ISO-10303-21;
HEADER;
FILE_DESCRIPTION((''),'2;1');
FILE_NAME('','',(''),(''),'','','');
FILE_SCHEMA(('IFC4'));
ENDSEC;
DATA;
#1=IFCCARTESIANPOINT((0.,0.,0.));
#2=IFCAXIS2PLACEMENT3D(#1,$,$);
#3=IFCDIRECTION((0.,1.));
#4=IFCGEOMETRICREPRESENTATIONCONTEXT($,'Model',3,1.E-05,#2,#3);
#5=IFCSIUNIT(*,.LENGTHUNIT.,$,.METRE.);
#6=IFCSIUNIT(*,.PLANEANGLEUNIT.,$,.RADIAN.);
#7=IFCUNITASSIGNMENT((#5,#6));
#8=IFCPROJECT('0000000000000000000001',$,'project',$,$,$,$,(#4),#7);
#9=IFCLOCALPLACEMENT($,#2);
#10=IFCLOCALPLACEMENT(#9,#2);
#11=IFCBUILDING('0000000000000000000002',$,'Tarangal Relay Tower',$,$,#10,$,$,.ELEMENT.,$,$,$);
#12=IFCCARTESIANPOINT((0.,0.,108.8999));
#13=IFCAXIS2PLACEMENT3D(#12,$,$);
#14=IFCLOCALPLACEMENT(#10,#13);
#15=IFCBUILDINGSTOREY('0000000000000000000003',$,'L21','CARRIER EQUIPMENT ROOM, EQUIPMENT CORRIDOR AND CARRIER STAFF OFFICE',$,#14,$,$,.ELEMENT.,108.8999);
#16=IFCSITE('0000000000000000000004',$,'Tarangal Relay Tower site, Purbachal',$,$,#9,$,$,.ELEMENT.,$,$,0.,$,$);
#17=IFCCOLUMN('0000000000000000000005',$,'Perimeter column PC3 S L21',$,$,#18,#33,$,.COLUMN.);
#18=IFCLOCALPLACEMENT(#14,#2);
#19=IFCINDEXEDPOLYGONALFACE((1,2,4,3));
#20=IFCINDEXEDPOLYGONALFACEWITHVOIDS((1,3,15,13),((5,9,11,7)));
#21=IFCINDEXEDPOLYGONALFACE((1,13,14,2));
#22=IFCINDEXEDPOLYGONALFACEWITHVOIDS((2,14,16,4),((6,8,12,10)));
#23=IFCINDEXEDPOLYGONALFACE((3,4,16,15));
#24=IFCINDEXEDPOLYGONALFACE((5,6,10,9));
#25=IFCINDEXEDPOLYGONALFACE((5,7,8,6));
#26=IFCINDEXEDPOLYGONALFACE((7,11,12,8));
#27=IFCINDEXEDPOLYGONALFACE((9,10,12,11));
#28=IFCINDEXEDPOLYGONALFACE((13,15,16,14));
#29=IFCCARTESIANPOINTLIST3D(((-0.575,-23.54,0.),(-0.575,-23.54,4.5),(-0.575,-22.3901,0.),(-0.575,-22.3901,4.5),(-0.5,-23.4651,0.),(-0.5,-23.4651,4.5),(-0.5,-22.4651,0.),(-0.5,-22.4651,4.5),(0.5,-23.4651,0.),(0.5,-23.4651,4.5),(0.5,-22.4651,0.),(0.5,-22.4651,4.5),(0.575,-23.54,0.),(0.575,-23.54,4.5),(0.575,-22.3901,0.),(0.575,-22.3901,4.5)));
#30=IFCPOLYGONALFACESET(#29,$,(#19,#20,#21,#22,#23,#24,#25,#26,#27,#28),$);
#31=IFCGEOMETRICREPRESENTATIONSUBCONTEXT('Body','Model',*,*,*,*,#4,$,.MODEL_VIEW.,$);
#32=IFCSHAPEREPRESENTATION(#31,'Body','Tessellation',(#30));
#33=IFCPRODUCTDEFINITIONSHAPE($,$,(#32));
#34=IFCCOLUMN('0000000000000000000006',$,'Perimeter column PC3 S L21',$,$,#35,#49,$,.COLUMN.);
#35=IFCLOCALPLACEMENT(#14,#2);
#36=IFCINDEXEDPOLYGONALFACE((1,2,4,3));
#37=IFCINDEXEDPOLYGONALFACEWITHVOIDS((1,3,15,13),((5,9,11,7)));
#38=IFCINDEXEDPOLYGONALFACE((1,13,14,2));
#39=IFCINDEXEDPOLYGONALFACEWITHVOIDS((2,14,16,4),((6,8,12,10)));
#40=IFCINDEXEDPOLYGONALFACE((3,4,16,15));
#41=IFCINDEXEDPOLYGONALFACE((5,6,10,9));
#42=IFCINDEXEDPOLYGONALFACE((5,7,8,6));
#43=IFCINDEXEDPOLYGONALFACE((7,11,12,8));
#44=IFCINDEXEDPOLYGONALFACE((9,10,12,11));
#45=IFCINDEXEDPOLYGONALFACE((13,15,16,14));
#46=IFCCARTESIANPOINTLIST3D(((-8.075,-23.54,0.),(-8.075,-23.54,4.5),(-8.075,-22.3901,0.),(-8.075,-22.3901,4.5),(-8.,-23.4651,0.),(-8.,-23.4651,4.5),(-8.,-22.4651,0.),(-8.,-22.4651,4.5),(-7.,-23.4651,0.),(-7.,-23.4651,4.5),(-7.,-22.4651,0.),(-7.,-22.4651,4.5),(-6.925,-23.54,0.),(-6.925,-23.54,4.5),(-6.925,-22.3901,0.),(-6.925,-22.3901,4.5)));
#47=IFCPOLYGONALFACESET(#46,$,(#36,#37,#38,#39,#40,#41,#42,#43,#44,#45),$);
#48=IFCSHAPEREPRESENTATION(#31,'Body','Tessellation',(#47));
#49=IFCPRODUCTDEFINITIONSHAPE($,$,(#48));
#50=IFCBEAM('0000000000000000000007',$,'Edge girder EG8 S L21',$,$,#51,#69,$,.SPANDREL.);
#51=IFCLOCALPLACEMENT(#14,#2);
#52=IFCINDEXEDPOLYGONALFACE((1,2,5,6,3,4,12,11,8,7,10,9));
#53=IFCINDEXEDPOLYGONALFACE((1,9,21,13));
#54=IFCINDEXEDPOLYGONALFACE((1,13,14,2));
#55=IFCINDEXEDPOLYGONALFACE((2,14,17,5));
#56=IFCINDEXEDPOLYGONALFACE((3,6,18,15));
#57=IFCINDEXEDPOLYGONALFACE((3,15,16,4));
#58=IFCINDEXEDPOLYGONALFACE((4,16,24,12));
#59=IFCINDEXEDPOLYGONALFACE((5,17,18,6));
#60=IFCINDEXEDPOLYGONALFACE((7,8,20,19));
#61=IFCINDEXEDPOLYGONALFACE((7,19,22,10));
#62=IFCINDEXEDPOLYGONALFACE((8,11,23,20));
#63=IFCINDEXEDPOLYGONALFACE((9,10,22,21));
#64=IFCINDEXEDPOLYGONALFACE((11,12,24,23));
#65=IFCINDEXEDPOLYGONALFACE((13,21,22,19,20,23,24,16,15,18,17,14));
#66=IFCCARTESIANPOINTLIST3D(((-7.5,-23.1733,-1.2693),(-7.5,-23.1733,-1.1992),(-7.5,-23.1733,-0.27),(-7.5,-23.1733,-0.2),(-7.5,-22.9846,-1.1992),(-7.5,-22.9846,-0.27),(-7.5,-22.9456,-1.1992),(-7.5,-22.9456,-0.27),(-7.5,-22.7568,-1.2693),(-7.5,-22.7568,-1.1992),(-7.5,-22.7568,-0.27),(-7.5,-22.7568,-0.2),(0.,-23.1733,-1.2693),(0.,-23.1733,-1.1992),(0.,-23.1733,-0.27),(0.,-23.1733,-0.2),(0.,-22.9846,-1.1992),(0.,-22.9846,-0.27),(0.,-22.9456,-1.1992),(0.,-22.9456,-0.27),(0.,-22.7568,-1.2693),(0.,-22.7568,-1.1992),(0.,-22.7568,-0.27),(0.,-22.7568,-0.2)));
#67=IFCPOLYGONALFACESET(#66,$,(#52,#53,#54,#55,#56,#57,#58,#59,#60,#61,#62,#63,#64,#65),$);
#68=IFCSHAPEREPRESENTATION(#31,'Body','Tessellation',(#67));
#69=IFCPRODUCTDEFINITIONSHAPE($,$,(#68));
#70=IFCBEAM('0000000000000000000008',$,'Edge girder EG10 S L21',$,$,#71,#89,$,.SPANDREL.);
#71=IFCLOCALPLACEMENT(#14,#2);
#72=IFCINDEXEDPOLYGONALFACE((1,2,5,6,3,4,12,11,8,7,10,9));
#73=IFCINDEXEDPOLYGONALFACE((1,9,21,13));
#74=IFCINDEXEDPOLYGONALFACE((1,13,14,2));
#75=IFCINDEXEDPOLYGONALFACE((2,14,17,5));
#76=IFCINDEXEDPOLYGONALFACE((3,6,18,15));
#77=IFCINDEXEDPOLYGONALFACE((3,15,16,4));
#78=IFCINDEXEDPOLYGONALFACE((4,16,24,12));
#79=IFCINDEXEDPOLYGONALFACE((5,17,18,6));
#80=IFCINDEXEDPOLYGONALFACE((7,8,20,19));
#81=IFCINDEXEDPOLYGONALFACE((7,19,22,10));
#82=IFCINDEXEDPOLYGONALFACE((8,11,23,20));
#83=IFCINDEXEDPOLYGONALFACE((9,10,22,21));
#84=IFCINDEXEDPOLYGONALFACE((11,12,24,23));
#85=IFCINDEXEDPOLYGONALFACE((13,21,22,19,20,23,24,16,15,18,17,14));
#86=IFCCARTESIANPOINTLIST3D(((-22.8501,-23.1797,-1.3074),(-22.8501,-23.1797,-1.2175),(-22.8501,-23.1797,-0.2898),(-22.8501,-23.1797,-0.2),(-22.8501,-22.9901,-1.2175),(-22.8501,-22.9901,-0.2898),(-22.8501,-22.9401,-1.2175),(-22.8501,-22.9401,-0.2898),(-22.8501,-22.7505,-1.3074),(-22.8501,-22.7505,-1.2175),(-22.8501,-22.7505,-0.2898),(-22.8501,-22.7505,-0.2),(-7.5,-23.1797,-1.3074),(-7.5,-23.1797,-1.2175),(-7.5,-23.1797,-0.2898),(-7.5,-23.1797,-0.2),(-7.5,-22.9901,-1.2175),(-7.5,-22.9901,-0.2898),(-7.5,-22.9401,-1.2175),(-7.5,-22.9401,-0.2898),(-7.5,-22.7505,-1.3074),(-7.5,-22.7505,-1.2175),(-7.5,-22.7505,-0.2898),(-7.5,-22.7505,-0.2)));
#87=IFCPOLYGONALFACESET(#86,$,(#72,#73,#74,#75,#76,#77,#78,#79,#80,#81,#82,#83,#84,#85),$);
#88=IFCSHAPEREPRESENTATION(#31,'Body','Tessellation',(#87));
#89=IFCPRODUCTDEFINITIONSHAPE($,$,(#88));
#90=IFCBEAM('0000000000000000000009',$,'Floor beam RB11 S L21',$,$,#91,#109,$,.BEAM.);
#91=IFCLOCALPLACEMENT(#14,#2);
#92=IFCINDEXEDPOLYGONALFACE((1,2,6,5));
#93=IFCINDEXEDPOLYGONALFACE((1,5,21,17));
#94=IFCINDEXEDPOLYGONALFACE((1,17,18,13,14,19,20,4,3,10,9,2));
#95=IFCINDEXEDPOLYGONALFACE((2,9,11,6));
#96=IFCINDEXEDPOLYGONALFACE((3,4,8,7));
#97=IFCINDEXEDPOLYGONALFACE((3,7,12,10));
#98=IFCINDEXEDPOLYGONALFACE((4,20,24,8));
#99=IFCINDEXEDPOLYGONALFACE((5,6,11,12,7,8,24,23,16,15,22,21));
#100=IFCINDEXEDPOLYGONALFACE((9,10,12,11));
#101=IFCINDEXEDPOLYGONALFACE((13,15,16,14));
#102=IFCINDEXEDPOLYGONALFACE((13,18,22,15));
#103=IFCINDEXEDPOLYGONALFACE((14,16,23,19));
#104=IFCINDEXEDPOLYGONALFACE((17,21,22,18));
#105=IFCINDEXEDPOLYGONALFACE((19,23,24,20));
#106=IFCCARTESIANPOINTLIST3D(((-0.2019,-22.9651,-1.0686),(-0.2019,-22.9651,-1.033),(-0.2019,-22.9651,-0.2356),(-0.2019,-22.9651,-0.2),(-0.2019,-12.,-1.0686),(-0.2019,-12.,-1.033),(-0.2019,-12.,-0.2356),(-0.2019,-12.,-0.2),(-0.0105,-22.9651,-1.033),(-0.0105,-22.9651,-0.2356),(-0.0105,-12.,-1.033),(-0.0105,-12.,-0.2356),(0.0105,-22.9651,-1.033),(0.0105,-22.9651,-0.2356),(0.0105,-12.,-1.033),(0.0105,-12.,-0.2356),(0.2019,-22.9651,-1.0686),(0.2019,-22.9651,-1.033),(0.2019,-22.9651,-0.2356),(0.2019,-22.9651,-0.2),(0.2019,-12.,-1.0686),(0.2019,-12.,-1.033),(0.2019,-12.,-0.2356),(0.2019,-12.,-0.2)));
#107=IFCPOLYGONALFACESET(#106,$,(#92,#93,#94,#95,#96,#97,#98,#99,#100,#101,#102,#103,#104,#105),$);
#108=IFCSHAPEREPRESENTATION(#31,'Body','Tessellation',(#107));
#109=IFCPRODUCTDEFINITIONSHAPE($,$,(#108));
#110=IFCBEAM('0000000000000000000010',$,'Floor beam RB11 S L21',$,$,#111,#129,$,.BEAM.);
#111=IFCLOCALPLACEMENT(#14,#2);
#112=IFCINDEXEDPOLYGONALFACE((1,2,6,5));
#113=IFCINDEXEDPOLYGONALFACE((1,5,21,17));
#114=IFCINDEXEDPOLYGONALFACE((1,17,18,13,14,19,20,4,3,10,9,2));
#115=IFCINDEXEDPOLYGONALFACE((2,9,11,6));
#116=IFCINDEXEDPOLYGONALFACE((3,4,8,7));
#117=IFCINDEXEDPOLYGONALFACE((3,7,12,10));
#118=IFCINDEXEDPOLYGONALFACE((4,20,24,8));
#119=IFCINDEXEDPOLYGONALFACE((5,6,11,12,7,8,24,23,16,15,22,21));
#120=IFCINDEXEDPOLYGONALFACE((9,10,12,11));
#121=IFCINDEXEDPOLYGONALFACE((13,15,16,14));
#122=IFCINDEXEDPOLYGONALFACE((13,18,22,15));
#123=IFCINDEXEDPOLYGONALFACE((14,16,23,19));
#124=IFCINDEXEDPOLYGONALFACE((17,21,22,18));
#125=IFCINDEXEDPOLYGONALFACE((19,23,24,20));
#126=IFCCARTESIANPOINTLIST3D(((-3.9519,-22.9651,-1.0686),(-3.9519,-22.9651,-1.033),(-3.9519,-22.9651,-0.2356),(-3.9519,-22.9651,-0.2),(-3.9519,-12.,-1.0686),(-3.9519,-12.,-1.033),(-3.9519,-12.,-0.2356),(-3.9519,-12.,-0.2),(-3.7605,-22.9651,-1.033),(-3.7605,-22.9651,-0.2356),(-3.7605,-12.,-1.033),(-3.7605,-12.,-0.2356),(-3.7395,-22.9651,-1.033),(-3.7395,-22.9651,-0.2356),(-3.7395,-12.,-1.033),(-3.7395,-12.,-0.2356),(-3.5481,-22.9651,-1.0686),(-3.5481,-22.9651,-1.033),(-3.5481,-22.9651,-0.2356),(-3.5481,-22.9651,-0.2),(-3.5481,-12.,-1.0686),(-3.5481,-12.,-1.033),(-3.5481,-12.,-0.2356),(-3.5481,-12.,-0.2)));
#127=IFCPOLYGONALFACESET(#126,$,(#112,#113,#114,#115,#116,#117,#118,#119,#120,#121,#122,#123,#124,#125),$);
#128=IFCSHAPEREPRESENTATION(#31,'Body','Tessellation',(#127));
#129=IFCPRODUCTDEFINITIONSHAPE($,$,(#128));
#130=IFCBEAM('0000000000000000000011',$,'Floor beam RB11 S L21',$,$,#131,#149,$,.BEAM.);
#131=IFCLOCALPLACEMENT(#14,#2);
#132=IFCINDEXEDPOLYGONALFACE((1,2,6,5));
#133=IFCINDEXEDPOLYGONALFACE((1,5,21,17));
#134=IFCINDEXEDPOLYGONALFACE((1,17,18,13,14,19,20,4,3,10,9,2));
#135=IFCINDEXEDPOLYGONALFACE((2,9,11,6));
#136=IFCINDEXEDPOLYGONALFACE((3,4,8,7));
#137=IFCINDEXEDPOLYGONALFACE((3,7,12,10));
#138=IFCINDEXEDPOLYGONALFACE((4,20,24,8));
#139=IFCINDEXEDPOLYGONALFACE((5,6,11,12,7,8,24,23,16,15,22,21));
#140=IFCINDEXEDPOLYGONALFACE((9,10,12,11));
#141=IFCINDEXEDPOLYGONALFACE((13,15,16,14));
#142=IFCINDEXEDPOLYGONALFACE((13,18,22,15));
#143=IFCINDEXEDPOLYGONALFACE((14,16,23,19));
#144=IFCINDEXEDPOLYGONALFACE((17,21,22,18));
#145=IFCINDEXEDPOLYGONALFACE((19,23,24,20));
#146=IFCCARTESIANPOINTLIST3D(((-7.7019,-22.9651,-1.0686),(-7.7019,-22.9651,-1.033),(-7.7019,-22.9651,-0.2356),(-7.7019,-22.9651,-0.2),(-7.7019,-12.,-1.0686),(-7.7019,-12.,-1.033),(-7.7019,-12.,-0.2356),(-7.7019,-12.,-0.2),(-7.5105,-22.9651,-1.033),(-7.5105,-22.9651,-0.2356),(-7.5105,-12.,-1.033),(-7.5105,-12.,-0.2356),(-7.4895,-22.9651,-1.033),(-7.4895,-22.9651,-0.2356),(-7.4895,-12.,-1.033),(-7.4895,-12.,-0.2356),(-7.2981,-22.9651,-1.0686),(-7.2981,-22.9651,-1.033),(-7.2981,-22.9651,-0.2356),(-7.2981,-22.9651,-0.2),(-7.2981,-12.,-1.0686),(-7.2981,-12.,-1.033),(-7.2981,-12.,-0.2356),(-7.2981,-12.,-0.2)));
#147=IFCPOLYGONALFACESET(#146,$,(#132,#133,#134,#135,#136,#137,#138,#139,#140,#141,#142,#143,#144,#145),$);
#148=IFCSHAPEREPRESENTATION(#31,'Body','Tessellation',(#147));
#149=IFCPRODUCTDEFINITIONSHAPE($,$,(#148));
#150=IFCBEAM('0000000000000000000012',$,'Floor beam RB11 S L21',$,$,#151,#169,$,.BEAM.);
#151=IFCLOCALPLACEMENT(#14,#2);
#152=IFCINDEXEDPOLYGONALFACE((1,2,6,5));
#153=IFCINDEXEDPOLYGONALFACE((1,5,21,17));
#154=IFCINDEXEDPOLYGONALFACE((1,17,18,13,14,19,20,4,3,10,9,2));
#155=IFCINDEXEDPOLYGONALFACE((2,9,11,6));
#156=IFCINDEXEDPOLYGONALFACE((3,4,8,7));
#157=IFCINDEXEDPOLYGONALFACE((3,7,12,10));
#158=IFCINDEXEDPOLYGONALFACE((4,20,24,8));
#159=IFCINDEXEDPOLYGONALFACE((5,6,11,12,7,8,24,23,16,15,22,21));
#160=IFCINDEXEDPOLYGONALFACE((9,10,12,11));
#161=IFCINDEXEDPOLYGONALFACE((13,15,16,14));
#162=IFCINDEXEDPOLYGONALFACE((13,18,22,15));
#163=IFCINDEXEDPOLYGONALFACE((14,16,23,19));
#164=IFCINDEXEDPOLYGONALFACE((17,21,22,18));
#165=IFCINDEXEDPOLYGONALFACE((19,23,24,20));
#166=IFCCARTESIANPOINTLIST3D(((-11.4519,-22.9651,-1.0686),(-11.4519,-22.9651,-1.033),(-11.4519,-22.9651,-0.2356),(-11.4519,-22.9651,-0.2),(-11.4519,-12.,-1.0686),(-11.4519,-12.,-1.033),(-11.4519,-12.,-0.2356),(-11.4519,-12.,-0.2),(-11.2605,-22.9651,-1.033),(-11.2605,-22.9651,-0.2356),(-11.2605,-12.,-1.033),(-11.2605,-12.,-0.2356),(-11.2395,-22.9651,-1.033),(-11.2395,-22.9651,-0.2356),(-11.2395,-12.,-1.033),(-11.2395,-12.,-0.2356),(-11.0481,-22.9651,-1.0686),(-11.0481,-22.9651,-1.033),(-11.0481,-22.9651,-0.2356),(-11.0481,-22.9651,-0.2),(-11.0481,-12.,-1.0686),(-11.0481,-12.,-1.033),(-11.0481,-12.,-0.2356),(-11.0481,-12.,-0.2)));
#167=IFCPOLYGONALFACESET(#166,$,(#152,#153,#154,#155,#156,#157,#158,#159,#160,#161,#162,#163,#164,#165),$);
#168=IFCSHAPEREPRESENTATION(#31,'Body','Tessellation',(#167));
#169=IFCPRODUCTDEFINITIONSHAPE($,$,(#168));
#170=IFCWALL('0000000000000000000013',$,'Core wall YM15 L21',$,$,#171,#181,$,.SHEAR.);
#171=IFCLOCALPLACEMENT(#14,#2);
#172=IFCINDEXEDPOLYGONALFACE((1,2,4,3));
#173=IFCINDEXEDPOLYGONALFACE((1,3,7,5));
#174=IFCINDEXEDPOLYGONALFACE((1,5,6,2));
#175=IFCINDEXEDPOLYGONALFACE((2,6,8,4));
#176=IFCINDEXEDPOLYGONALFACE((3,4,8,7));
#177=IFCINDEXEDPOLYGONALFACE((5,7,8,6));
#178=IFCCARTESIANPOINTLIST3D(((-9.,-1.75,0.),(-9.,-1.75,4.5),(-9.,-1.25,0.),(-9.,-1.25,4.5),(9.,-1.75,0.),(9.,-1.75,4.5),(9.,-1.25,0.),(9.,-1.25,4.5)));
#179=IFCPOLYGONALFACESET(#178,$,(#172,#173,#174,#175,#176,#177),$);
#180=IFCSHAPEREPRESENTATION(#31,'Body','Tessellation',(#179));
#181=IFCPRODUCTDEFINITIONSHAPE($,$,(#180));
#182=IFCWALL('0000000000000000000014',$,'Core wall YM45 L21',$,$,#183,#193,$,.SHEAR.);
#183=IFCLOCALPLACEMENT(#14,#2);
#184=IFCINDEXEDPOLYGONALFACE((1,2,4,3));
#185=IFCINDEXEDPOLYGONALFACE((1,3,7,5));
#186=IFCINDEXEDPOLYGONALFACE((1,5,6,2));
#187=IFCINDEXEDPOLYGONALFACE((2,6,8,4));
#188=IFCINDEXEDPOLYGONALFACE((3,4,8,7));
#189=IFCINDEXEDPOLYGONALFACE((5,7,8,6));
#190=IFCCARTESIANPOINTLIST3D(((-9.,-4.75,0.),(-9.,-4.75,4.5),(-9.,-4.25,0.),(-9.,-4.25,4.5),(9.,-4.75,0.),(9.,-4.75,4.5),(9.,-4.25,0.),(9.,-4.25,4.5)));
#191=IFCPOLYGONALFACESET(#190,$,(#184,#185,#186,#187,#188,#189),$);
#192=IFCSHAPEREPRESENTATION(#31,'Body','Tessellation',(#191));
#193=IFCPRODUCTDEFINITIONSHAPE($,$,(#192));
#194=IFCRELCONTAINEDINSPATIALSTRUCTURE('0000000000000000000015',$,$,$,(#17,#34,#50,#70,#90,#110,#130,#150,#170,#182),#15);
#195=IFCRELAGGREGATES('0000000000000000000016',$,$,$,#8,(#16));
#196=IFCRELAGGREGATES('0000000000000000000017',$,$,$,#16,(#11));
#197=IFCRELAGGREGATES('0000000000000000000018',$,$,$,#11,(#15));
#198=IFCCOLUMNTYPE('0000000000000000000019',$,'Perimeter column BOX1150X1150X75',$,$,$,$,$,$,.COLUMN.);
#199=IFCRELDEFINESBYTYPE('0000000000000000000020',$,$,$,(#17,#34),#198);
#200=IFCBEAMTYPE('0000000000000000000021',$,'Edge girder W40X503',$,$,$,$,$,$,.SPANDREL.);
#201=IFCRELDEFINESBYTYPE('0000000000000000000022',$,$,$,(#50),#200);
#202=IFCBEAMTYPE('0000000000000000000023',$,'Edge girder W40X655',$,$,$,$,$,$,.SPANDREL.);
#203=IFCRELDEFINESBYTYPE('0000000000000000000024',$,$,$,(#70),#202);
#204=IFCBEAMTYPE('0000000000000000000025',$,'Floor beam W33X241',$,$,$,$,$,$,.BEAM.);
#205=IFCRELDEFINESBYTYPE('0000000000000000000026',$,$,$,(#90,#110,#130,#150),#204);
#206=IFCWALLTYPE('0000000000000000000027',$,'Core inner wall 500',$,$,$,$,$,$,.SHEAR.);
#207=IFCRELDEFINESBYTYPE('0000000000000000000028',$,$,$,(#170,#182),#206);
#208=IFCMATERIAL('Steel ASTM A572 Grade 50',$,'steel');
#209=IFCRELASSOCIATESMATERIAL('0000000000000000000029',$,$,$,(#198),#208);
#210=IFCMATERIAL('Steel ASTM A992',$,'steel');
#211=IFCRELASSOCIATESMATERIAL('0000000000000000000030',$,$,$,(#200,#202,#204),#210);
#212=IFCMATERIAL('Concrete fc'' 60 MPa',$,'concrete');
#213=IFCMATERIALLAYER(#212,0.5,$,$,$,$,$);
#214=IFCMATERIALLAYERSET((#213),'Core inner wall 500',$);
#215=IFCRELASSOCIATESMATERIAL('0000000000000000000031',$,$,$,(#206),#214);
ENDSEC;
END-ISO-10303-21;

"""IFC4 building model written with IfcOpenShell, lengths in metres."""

from ifc_helpers import new_model, si_unit, direction, frame, frame_2d, origin, origin_2d, place, context, subcontext, project, spatial, rectangle, hollow_rectangle, i_section, extrude, material, layer, layer_set, material_profile, profile_set, type_object, element, save


model = new_model("IFC4")

# Units and contexts
model_context = context("Model", 3, precision=1e-05, world=origin(), true_north=direction((0.0, 1.0)))
body_context = subcontext(model_context, "Body", "Model", "MODEL_VIEW")
ifc_project = project(units=[si_unit("LENGTHUNIT", "METRE"), si_unit("PLANEANGLEUNIT", "RADIAN")], contexts=[model_context])

# Site, building, storey
site_placement = place(None, origin())
site = spatial("IfcSite", under=ifc_project, at=site_placement, Name="Tarangal Relay Tower site, Purbachal", CompositionType="ELEMENT", RefElevation=0.0)
building_placement = place(site_placement, origin())
building = spatial("IfcBuilding", under=site, at=building_placement, Name="Tarangal Relay Tower", CompositionType="ELEMENT")
storey_placement = place(building_placement, frame((0.0, 0.0, 108.8999)))
storey = spatial("IfcBuildingStorey", under=building, at=storey_placement, Name="L21", Description="CARRIER EQUIPMENT ROOM, EQUIPMENT CORRIDOR AND CARRIER STAFF OFFICE", CompositionType="ELEMENT", Elevation=108.8999)

# Columns
ifc_material_1 = material(Name="Steel ASTM A572 Grade 50", Category="steel")
ifc_material_profile_1 = material_profile(ifc_material_1, hollow_rectangle(XDim=1.1499, YDim=1.1499, WallThickness=0.075, at=origin_2d()), Name="BOX1150X1150X75")
ifc_profile_set_1 = profile_set([ifc_material_profile_1], Name="Steel ASTM A572 Grade 50")
column_type = type_object("IfcColumnType", Name="Perimeter column BOX1150X1150X75", PredefinedType="COLUMN", material=ifc_profile_set_1)
for number, where, z_axis, x_axis, name in (
    (1, (0.0, -22.9651, 0.0), (0.0, 0.0, 1.0), (1.0, 0.0, 0.0), "Perimeter column PC3 S L21"),
    (2, (-7.5, -22.9651, 0.0), (0.0, 0.0, 1.0), (1.0, 0.0, 0.0), "Perimeter column PC3 S L21"),
):
    element("IfcColumn", number, at=place(storey_placement, frame(where, z_axis=z_axis, x_axis=x_axis)), inside=storey, type_object=column_type, Name=name, PredefinedType="COLUMN", context=body_context, shape_type="SweptSolid", body=[
        extrude(hollow_rectangle(XDim=1.1499, YDim=1.1499, WallThickness=0.075, at=origin_2d()), origin(), (0.0, 0.0, 1.0), 4.5),
    ])

# Beams
ifc_material_2 = material(Name="Steel ASTM A992", Category="steel")
ifc_material_profile_2 = material_profile(ifc_material_2, i_section(OverallWidth=0.4165, OverallDepth=1.0693, WebThickness=0.0391, FlangeThickness=0.0701, at=origin_2d()), Name="W40X503")
ifc_profile_set_2 = profile_set([ifc_material_profile_2], Name="Steel ASTM A992")
beam_type_1 = type_object("IfcBeamType", Name="Edge girder W40X503", PredefinedType="SPANDREL", material=ifc_profile_set_2)
beam_1_placement = place(storey_placement, frame((0.0, -22.9651, -0.7346), z_axis=(-1.0, 0.0, 0.0), x_axis=(0.0, -1.0, 0.0)))
element("IfcBeam", 3, at=beam_1_placement, inside=storey, type_object=beam_type_1, Name="Edge girder EG8 S L21", PredefinedType="SPANDREL", context=body_context, shape_type="SweptSolid", body=[
    extrude(i_section(OverallWidth=0.4165, OverallDepth=1.0693, WebThickness=0.0391, FlangeThickness=0.0701, at=origin_2d()), origin(), (0.0, 0.0, 1.0), 7.5),
])
ifc_material_profile_3 = material_profile(ifc_material_2, i_section(OverallWidth=0.4292, OverallDepth=1.1074, WebThickness=0.05, FlangeThickness=0.0898, at=origin_2d()), Name="W40X655")
ifc_profile_set_3 = profile_set([ifc_material_profile_3], Name="Steel ASTM A992")
beam_type_2 = type_object("IfcBeamType", Name="Edge girder W40X655", PredefinedType="SPANDREL", material=ifc_profile_set_3)
beam_2_placement = place(storey_placement, frame((-7.5, -22.9651, -0.7537), z_axis=(-1.0, 0.0, 0.0), x_axis=(0.0, -1.0, 0.0)))
element("IfcBeam", 4, at=beam_2_placement, inside=storey, type_object=beam_type_2, Name="Edge girder EG10 S L21", PredefinedType="SPANDREL", context=body_context, shape_type="SweptSolid", body=[
    extrude(i_section(OverallWidth=0.4292, OverallDepth=1.1074, WebThickness=0.05, FlangeThickness=0.0898, at=origin_2d()), origin(), (0.0, 0.0, 1.0), 15.3501),
])
ifc_material_profile_4 = material_profile(ifc_material_2, i_section(OverallWidth=0.4038, OverallDepth=0.8687, WebThickness=0.021, FlangeThickness=0.0356, at=origin_2d()), Name="W33X241")
ifc_profile_set_4 = profile_set([ifc_material_profile_4], Name="Steel ASTM A992")
beam_type_3 = type_object("IfcBeamType", Name="Floor beam W33X241", PredefinedType="BEAM", material=ifc_profile_set_4)
for number, where, z_axis, x_axis, name in (
    (5, (0.0, -12.0, -0.6343), (0.0, -1.0, 0.0), (1.0, 0.0, 0.0), "Floor beam RB11 S L21"),
    (6, (-3.75, -12.0, -0.6343), (0.0, -1.0, 0.0), (1.0, 0.0, 0.0), "Floor beam RB11 S L21"),
    (7, (-7.5, -12.0, -0.6343), (0.0, -1.0, 0.0), (1.0, 0.0, 0.0), "Floor beam RB11 S L21"),
    (8, (-11.25, -12.0, -0.6343), (0.0, -1.0, 0.0), (1.0, 0.0, 0.0), "Floor beam RB11 S L21"),
):
    element("IfcBeam", number, at=place(storey_placement, frame(where, z_axis=z_axis, x_axis=x_axis)), inside=storey, type_object=beam_type_3, Name=name, PredefinedType="BEAM", context=body_context, shape_type="SweptSolid", body=[
        extrude(i_section(OverallWidth=0.4038, OverallDepth=0.8687, WebThickness=0.021, FlangeThickness=0.0356, at=origin_2d()), origin(), (0.0, 0.0, 1.0), 10.9651),
    ])

# Walls
ifc_material_3 = material(Name="Concrete fc' 60 MPa", Category="concrete")
ifc_layer_1 = layer(ifc_material_3, 0.5)
ifc_layer_set_1 = layer_set([ifc_layer_1], Name="Core inner wall 500")
wall_type_1 = type_object("IfcWallType", Name="Core inner wall 500", PredefinedType="SHEAR", material=ifc_layer_set_1)
for number, where, z_axis, x_axis, name in (
    (9, (-9.0, -1.5, 0.0), (0.0, 0.0, 1.0), (1.0, 0.0, 0.0), "Core wall YM15 L21"),
    (10, (-9.0, -4.5, 0.0), (0.0, 0.0, 1.0), (1.0, 0.0, 0.0), "Core wall YM45 L21"),
):
    element("IfcWall", number, at=place(storey_placement, frame(where, z_axis=z_axis, x_axis=x_axis)), inside=storey, type_object=wall_type_1, Name=name, PredefinedType="SHEAR", context=body_context, shape_type="SweptSolid", body=[
        extrude(rectangle(XDim=18.0, YDim=0.5, at=frame_2d((9.0, 0.0))), origin(), (0.0, 0.0, 1.0), 4.5),
    ])

save(model, "model.ifc")
